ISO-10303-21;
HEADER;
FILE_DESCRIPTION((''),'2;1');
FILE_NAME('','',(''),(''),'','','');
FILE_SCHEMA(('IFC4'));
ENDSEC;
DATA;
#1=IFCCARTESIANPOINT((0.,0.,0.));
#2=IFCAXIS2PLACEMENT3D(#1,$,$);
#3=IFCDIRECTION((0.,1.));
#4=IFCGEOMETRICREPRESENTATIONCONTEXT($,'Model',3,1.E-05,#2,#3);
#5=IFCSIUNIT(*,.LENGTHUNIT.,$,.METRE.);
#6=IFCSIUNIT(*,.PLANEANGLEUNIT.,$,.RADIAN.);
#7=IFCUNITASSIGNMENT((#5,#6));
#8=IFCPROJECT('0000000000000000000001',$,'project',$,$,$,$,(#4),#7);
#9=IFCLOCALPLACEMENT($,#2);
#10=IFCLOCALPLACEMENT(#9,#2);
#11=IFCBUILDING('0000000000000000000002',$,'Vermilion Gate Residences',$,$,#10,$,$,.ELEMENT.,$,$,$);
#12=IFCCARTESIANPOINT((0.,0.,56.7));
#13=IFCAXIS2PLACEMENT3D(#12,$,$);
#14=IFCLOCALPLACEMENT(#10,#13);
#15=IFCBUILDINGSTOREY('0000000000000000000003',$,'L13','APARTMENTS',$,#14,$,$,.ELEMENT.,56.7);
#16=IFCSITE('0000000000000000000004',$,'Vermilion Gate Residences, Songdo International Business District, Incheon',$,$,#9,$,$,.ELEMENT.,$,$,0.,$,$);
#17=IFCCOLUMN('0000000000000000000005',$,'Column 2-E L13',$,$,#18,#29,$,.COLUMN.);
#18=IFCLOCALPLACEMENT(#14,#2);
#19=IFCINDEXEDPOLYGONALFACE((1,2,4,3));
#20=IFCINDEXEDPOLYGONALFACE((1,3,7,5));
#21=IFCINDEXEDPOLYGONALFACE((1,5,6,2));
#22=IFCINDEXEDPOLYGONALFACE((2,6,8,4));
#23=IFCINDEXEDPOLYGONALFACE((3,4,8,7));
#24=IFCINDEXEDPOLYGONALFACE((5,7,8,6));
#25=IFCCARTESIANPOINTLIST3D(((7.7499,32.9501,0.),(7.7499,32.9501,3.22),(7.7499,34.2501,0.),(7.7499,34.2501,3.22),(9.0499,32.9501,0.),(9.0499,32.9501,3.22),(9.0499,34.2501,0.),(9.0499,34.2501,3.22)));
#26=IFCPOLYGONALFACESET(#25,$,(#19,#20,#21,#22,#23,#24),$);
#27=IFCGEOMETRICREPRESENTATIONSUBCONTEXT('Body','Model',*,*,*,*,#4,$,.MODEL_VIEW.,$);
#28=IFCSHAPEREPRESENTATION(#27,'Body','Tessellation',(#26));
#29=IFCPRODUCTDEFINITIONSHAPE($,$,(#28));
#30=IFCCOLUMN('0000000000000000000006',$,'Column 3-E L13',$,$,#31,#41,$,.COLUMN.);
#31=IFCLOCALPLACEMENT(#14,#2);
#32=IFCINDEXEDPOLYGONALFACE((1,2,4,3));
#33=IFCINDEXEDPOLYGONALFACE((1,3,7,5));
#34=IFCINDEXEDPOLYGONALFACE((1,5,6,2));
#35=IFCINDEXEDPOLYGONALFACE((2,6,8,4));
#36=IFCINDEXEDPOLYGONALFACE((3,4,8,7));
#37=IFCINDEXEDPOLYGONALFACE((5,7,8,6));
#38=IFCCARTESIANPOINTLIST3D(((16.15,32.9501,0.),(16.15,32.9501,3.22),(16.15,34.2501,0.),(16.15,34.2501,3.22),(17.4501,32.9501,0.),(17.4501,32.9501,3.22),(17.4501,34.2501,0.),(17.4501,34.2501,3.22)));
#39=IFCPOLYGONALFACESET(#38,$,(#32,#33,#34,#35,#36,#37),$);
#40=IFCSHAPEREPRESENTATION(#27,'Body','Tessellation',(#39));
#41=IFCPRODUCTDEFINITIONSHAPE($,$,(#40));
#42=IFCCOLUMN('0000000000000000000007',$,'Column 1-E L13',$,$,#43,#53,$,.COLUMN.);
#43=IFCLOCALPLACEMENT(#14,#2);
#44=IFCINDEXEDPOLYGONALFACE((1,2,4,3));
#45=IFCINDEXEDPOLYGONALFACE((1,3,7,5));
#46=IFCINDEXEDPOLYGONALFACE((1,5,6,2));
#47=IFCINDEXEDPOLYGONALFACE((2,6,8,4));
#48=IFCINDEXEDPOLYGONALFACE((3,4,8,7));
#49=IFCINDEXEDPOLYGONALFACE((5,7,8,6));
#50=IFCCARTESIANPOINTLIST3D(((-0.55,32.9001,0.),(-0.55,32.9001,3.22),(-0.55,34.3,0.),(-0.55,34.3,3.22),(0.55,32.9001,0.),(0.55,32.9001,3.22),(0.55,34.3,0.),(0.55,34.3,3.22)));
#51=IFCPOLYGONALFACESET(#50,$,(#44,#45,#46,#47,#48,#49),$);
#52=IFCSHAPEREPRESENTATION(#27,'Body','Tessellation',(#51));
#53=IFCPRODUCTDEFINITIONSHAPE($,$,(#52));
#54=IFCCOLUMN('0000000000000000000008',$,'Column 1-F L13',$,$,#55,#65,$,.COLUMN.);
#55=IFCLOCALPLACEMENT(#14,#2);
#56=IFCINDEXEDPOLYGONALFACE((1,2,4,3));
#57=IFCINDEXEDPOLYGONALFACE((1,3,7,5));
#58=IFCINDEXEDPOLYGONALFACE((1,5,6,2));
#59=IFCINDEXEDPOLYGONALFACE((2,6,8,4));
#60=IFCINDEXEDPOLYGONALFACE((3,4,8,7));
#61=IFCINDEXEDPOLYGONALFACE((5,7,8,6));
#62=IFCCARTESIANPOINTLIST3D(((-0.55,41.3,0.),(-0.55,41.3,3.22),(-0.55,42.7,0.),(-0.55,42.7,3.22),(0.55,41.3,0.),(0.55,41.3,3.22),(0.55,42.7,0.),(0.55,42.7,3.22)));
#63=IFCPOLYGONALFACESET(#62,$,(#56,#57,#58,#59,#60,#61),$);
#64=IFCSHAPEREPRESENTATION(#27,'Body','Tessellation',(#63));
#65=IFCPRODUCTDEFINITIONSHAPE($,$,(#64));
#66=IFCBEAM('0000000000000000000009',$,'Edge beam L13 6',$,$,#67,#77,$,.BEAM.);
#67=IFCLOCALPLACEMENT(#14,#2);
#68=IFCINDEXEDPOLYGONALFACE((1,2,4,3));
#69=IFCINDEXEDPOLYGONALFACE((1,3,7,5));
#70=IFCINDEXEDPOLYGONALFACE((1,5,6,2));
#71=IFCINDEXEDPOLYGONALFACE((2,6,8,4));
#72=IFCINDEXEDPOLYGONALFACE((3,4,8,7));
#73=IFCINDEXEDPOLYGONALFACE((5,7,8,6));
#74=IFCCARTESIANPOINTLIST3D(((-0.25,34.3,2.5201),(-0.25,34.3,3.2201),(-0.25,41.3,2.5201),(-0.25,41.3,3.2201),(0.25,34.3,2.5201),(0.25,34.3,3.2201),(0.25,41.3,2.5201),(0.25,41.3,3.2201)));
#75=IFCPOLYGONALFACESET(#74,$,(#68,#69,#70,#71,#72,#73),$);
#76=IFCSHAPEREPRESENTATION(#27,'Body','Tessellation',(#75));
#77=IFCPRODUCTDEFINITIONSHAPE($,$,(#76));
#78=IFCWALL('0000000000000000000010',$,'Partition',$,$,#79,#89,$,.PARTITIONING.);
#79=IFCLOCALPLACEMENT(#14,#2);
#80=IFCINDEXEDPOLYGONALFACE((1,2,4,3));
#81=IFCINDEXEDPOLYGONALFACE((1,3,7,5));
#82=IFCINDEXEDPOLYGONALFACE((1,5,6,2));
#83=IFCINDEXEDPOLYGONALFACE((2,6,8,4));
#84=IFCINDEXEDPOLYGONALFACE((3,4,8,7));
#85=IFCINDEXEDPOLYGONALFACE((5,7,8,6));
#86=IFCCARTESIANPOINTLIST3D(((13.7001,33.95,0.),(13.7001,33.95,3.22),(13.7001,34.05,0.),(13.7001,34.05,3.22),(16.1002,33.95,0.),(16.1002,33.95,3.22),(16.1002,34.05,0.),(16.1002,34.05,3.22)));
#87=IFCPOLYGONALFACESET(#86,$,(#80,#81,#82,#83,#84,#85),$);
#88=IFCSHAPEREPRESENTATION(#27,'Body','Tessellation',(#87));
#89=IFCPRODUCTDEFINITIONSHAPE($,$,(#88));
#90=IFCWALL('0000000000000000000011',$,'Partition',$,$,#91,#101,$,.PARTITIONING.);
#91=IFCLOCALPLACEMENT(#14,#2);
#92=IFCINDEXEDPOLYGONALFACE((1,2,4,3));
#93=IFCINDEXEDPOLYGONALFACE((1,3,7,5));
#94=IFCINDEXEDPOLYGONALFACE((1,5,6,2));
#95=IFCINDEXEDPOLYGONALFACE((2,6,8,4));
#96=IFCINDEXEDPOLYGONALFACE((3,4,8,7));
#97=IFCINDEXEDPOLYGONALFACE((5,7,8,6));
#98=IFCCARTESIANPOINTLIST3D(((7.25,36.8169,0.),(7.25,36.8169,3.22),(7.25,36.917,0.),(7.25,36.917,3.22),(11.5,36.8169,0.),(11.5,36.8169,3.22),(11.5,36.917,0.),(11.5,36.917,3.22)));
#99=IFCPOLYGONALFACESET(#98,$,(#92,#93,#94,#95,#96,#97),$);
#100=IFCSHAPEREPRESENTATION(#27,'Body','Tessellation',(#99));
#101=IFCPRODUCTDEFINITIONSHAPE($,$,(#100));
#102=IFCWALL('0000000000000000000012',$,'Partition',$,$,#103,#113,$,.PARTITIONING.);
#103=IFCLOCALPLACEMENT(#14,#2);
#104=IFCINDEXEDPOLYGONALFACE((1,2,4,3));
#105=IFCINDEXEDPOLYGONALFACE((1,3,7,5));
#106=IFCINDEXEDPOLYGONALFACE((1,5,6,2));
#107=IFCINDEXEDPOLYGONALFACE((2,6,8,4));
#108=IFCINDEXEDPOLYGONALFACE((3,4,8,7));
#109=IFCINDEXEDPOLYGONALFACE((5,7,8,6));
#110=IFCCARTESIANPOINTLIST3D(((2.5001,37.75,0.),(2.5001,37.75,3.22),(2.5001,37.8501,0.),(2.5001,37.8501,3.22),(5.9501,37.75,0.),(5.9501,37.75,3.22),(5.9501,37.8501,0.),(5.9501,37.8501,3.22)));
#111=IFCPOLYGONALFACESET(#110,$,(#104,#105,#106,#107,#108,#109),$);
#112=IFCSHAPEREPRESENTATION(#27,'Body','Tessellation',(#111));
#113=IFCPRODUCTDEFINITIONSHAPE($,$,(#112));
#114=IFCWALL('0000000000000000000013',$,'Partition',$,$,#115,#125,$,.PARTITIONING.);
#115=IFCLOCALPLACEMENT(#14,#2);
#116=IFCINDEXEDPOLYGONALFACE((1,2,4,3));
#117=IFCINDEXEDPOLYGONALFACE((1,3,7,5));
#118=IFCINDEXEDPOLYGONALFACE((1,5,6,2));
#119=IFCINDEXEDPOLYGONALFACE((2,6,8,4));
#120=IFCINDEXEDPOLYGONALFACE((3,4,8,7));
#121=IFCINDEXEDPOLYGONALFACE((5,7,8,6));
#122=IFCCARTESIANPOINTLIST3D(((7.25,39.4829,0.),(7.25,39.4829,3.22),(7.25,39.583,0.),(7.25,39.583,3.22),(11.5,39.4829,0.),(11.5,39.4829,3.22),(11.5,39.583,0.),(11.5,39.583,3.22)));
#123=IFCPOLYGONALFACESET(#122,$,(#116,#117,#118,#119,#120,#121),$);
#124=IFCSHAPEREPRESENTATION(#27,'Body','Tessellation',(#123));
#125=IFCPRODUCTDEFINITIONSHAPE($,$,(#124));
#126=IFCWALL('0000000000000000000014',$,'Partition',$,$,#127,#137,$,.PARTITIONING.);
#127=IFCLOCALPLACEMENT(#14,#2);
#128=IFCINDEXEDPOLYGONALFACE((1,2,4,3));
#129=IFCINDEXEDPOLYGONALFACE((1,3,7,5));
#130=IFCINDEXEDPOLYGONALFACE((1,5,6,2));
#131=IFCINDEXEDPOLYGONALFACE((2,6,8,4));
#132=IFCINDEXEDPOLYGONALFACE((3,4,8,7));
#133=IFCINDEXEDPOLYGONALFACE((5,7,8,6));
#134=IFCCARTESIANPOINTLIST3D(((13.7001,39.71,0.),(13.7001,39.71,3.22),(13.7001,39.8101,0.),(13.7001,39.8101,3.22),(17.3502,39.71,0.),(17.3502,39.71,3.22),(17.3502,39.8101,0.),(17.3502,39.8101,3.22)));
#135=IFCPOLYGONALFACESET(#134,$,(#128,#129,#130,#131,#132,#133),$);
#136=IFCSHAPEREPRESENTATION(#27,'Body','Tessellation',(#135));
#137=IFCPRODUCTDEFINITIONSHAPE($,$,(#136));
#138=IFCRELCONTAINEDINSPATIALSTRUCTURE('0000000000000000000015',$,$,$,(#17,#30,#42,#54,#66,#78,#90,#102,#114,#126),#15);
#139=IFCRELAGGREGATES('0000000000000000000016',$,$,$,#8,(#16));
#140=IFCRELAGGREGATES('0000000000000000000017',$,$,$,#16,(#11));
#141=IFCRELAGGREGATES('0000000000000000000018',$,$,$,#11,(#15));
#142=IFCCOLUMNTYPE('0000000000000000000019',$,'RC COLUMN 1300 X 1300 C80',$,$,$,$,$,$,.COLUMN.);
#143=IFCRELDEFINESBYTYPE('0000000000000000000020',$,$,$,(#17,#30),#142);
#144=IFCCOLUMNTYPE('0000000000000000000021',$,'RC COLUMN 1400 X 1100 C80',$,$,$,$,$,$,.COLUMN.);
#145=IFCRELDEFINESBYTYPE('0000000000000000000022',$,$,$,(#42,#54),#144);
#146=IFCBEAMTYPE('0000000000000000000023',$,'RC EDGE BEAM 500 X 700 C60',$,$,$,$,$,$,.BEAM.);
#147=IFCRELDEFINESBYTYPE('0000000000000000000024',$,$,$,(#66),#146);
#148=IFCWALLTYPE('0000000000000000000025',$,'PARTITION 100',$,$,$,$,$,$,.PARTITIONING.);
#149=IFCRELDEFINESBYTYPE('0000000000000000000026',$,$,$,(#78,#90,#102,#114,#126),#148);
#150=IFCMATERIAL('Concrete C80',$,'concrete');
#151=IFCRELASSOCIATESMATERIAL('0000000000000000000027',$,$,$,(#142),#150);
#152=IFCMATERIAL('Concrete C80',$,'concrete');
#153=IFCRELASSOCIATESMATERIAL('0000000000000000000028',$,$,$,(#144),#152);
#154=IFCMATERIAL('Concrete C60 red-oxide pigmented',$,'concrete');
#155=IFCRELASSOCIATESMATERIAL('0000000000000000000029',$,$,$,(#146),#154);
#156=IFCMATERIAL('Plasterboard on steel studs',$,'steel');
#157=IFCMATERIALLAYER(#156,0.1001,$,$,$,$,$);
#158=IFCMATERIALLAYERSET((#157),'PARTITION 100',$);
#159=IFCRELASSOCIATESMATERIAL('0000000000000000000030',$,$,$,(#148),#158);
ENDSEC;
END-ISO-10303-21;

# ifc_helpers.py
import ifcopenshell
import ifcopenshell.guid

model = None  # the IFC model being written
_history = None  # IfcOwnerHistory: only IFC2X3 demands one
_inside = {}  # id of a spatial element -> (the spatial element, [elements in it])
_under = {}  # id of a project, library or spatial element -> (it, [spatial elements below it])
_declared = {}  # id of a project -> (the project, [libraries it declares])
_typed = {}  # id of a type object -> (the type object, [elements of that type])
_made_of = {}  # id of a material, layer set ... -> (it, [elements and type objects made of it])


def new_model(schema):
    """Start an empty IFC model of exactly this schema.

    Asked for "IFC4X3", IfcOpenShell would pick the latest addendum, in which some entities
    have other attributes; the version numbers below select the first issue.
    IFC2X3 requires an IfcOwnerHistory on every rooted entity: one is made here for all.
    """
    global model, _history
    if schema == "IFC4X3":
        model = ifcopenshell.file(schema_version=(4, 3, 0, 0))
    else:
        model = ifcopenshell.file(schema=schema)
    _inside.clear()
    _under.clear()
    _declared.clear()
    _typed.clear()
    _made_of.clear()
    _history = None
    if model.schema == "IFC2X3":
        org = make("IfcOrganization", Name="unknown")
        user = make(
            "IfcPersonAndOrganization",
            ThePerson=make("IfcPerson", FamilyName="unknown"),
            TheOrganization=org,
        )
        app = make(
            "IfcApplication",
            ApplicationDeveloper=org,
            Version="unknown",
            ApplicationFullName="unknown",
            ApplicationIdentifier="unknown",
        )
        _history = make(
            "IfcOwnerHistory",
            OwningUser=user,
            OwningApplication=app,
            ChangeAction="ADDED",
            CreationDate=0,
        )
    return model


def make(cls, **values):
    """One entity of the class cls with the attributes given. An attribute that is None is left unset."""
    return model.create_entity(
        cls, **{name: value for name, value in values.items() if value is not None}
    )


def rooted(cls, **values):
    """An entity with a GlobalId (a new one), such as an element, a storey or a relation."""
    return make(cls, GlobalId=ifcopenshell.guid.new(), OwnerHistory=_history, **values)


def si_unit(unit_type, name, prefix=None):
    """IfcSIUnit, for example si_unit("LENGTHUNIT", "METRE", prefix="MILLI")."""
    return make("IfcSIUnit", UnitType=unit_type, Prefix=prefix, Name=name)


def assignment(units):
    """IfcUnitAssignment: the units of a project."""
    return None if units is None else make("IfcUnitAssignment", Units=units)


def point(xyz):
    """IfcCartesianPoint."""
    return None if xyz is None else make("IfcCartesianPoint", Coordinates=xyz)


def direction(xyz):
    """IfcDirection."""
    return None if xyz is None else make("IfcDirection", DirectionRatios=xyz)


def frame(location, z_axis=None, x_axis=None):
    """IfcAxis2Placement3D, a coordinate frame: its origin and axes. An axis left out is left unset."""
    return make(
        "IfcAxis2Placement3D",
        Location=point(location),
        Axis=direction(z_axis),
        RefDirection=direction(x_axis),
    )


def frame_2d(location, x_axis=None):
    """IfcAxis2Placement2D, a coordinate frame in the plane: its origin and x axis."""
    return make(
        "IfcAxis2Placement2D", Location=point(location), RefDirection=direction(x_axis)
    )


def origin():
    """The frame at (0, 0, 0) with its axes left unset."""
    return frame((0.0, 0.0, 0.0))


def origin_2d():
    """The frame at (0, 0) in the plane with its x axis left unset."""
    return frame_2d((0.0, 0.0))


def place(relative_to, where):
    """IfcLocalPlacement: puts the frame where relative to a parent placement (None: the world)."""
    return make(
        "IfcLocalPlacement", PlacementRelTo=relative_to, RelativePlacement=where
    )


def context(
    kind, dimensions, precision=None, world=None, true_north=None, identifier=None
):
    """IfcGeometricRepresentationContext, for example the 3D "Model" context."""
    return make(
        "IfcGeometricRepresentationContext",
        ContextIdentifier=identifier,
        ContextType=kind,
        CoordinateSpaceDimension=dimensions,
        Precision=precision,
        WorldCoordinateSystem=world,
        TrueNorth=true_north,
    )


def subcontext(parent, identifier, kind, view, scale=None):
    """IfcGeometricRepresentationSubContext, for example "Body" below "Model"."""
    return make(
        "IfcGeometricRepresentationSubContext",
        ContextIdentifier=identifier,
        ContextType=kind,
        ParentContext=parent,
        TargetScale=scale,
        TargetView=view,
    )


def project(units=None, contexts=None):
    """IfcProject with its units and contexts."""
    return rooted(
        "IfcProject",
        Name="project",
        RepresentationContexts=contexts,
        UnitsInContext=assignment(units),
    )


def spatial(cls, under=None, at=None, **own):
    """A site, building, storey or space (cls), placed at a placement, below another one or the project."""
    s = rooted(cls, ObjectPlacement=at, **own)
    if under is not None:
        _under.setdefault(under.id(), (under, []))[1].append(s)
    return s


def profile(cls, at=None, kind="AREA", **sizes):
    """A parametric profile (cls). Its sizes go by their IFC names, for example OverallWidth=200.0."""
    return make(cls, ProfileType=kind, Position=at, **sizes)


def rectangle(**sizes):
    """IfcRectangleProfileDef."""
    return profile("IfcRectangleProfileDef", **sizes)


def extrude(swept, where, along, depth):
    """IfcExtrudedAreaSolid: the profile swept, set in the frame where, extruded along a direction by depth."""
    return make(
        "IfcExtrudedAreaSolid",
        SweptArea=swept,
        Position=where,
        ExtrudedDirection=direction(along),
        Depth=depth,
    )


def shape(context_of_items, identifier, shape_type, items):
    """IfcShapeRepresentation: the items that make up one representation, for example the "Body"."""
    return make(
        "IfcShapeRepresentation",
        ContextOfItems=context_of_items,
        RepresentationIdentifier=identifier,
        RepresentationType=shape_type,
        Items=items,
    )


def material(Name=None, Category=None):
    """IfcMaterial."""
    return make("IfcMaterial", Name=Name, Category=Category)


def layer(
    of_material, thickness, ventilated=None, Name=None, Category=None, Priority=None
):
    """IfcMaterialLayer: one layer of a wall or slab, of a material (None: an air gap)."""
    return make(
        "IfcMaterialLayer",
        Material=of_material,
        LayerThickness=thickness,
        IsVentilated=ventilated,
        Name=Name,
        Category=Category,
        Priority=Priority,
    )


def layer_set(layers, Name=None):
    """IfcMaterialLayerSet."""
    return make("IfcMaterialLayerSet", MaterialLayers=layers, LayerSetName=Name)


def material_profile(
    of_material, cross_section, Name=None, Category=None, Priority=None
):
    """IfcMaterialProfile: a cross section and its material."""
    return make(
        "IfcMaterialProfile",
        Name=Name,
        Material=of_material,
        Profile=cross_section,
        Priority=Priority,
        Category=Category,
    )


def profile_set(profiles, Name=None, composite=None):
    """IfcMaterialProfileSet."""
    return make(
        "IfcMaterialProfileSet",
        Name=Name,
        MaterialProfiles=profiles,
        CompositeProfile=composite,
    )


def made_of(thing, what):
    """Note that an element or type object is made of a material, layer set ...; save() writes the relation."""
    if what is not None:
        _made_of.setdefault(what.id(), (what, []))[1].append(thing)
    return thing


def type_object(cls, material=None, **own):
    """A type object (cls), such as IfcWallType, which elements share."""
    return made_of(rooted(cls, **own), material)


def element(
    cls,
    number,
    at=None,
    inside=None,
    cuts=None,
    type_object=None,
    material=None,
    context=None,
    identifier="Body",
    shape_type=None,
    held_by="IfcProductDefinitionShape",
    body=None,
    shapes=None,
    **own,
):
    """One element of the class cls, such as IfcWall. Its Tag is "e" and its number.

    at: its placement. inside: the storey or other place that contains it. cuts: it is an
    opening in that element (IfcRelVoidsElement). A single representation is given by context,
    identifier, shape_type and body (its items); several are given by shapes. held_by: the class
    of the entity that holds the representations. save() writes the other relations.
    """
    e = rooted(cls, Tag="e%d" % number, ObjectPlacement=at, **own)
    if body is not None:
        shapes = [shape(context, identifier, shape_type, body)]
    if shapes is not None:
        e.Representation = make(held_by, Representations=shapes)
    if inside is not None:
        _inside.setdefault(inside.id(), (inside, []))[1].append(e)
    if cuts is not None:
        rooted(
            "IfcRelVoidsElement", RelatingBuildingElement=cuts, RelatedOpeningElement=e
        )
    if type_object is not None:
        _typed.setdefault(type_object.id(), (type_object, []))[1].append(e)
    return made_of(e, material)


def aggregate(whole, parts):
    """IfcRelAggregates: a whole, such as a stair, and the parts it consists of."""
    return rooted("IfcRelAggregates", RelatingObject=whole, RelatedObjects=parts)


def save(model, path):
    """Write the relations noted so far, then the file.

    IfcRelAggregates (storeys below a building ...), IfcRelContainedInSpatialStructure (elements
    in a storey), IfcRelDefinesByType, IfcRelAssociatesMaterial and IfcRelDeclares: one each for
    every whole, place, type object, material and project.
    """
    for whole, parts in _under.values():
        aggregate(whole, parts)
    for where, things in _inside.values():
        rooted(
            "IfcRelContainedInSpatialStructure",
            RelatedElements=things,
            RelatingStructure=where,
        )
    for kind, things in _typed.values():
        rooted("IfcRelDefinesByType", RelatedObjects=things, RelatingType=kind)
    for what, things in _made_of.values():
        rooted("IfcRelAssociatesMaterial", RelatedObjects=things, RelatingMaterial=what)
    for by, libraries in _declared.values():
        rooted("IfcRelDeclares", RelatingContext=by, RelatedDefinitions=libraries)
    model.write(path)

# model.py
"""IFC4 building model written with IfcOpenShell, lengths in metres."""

from ifc_helpers import new_model, si_unit, direction, frame, frame_2d, origin, origin_2d, place, context, subcontext, project, spatial, rectangle, extrude, material, layer, layer_set, material_profile, profile_set, type_object, element, save


model = new_model("IFC4")

# Units and contexts
model_context = context("Model", 3, precision=1e-05, world=origin(), true_north=direction((0.0, 1.0)))
body_context = subcontext(model_context, "Body", "Model", "MODEL_VIEW")
ifc_project = project(units=[si_unit("LENGTHUNIT", "METRE"), si_unit("PLANEANGLEUNIT", "RADIAN")], contexts=[model_context])

# Site, building, storey
site_placement = place(None, origin())
site = spatial("IfcSite", under=ifc_project, at=site_placement, Name="Vermilion Gate Residences, Songdo International Business District, Incheon", CompositionType="ELEMENT", RefElevation=0.0)
building_placement = place(site_placement, origin())
building = spatial("IfcBuilding", under=site, at=building_placement, Name="Vermilion Gate Residences", CompositionType="ELEMENT")
storey_placement = place(building_placement, frame((0.0, 0.0, 56.7)))
storey = spatial("IfcBuildingStorey", under=building, at=storey_placement, Name="L13", Description="APARTMENTS", CompositionType="ELEMENT", Elevation=56.7)

# Columns
ifc_material_1 = material(Name="Concrete C80", Category="concrete")
ifc_material_profile_1 = material_profile(ifc_material_1, rectangle(XDim=1.3, YDim=1.3, at=origin_2d()), Name="RC-1300x1300")
ifc_profile_set_1 = profile_set([ifc_material_profile_1], Name="Concrete C80")
column_type_1 = type_object("IfcColumnType", Name="RC COLUMN 1300 X 1300 C80", PredefinedType="COLUMN", material=ifc_profile_set_1)
for number, where, z_axis, x_axis, name in (
    (1, (8.3999, 33.6001, 0.0), (0.0, 0.0, 1.0), (1.0, 0.0, 0.0), "Column 2-E L13"),
    (2, (16.8, 33.6001, 0.0), (0.0, 0.0, 1.0), (1.0, 0.0, 0.0), "Column 3-E L13"),
):
    element("IfcColumn", number, at=place(storey_placement, frame(where, z_axis=z_axis, x_axis=x_axis)), inside=storey, type_object=column_type_1, Name=name, PredefinedType="COLUMN", context=body_context, shape_type="SweptSolid", body=[
        extrude(rectangle(XDim=1.3, YDim=1.3, at=origin_2d()), origin(), (0.0, 0.0, 1.0), 3.22),
    ])
ifc_material_2 = material(Name="Concrete C80", Category="concrete")
ifc_material_profile_2 = material_profile(ifc_material_2, rectangle(XDim=1.3999, YDim=1.1001, at=origin_2d()), Name="RC-1400x1100")
ifc_profile_set_2 = profile_set([ifc_material_profile_2], Name="Concrete C80")
column_type_2 = type_object("IfcColumnType", Name="RC COLUMN 1400 X 1100 C80", PredefinedType="COLUMN", material=ifc_profile_set_2)
for number, where, z_axis, x_axis, name in (
    (3, (0.0, 33.6001, 0.0), (0.0, 0.0, 1.0), (0.0, 1.0, 0.0), "Column 1-E L13"),
    (4, (0.0, 42.0, 0.0), (0.0, 0.0, 1.0), (0.0, 1.0, 0.0), "Column 1-F L13"),
):
    element("IfcColumn", number, at=place(storey_placement, frame(where, z_axis=z_axis, x_axis=x_axis)), inside=storey, type_object=column_type_2, Name=name, PredefinedType="COLUMN", context=body_context, shape_type="SweptSolid", body=[
        extrude(rectangle(XDim=1.3999, YDim=1.1001, at=origin_2d()), origin(), (0.0, 0.0, 1.0), 3.22),
    ])

# Beam
ifc_material_3 = material(Name="Concrete C60 red-oxide pigmented", Category="concrete")
ifc_material_profile_3 = material_profile(ifc_material_3, rectangle(XDim=0.5, YDim=0.7, at=origin_2d()), Name="RC-500x700")
ifc_profile_set_3 = profile_set([ifc_material_profile_3], Name="Concrete C60 red-oxide pigmented")
beam_type = type_object("IfcBeamType", Name="RC EDGE BEAM 500 X 700 C60", PredefinedType="BEAM", material=ifc_profile_set_3)
beam_placement = place(storey_placement, frame((0.0, 34.3, 2.8701), z_axis=(0.0, 1.0, 0.0), x_axis=(-1.0, 0.0, 0.0)))
element("IfcBeam", 5, at=beam_placement, inside=storey, type_object=beam_type, Name="Edge beam L13 6", PredefinedType="BEAM", context=body_context, shape_type="SweptSolid", body=[
    extrude(rectangle(XDim=0.5, YDim=0.7, at=origin_2d()), origin(), (0.0, 0.0, 1.0), 7.0),
])

# Walls
ifc_material_4 = material(Name="Plasterboard on steel studs", Category="steel")
ifc_layer_1 = layer(ifc_material_4, 0.1001)
ifc_layer_set_1 = layer_set([ifc_layer_1], Name="PARTITION 100")
wall_type_1 = type_object("IfcWallType", Name="PARTITION 100", PredefinedType="PARTITIONING", material=ifc_layer_set_1)
wall_1_placement = place(storey_placement, frame((13.7, 34.0, 0.0), z_axis=(0.0, 0.0, 1.0), x_axis=(1.0, 0.0, 0.0)))
element("IfcWall", 6, at=wall_1_placement, inside=storey, type_object=wall_type_1, Name="Partition", PredefinedType="PARTITIONING", context=body_context, shape_type="SweptSolid", body=[
    extrude(rectangle(XDim=2.4001, YDim=0.1001, at=frame_2d((1.2002, 0.0))), origin(), (0.0, 0.0, 1.0), 3.22),
])
wall_2_placement = place(storey_placement, frame((7.25, 36.8669, 0.0), z_axis=(0.0, 0.0, 1.0), x_axis=(1.0, 0.0, 0.0)))
element("IfcWall", 7, at=wall_2_placement, inside=storey, type_object=wall_type_1, Name="Partition", PredefinedType="PARTITIONING", context=body_context, shape_type="SweptSolid", body=[
    extrude(rectangle(XDim=4.25, YDim=0.1001, at=frame_2d((2.125, 0.0))), origin(), (0.0, 0.0, 1.0), 3.22),
])
wall_3_placement = place(storey_placement, frame((2.5, 37.8, 0.0), z_axis=(0.0, 0.0, 1.0), x_axis=(1.0, 0.0, 0.0)))
element("IfcWall", 8, at=wall_3_placement, inside=storey, type_object=wall_type_1, Name="Partition", PredefinedType="PARTITIONING", context=body_context, shape_type="SweptSolid", body=[
    extrude(rectangle(XDim=3.45, YDim=0.1001, at=frame_2d((1.7251, 0.0))), origin(), (0.0, 0.0, 1.0), 3.22),
])
wall_4_placement = place(storey_placement, frame((7.25, 39.533, 0.0), z_axis=(0.0, 0.0, 1.0), x_axis=(1.0, 0.0, 0.0)))
element("IfcWall", 9, at=wall_4_placement, inside=storey, type_object=wall_type_1, Name="Partition", PredefinedType="PARTITIONING", context=body_context, shape_type="SweptSolid", body=[
    extrude(rectangle(XDim=4.25, YDim=0.1001, at=frame_2d((2.125, 0.0))), origin(), (0.0, 0.0, 1.0), 3.22),
])
wall_5_placement = place(storey_placement, frame((13.7, 39.76, 0.0), z_axis=(0.0, 0.0, 1.0), x_axis=(1.0, 0.0, 0.0)))
element("IfcWall", 10, at=wall_5_placement, inside=storey, type_object=wall_type_1, Name="Partition", PredefinedType="PARTITIONING", context=body_context, shape_type="SweptSolid", body=[
    extrude(rectangle(XDim=3.6501, YDim=0.1001, at=frame_2d((1.8252, 0.0))), origin(), (0.0, 0.0, 1.0), 3.22),
])

save(model, "model.ifc")
